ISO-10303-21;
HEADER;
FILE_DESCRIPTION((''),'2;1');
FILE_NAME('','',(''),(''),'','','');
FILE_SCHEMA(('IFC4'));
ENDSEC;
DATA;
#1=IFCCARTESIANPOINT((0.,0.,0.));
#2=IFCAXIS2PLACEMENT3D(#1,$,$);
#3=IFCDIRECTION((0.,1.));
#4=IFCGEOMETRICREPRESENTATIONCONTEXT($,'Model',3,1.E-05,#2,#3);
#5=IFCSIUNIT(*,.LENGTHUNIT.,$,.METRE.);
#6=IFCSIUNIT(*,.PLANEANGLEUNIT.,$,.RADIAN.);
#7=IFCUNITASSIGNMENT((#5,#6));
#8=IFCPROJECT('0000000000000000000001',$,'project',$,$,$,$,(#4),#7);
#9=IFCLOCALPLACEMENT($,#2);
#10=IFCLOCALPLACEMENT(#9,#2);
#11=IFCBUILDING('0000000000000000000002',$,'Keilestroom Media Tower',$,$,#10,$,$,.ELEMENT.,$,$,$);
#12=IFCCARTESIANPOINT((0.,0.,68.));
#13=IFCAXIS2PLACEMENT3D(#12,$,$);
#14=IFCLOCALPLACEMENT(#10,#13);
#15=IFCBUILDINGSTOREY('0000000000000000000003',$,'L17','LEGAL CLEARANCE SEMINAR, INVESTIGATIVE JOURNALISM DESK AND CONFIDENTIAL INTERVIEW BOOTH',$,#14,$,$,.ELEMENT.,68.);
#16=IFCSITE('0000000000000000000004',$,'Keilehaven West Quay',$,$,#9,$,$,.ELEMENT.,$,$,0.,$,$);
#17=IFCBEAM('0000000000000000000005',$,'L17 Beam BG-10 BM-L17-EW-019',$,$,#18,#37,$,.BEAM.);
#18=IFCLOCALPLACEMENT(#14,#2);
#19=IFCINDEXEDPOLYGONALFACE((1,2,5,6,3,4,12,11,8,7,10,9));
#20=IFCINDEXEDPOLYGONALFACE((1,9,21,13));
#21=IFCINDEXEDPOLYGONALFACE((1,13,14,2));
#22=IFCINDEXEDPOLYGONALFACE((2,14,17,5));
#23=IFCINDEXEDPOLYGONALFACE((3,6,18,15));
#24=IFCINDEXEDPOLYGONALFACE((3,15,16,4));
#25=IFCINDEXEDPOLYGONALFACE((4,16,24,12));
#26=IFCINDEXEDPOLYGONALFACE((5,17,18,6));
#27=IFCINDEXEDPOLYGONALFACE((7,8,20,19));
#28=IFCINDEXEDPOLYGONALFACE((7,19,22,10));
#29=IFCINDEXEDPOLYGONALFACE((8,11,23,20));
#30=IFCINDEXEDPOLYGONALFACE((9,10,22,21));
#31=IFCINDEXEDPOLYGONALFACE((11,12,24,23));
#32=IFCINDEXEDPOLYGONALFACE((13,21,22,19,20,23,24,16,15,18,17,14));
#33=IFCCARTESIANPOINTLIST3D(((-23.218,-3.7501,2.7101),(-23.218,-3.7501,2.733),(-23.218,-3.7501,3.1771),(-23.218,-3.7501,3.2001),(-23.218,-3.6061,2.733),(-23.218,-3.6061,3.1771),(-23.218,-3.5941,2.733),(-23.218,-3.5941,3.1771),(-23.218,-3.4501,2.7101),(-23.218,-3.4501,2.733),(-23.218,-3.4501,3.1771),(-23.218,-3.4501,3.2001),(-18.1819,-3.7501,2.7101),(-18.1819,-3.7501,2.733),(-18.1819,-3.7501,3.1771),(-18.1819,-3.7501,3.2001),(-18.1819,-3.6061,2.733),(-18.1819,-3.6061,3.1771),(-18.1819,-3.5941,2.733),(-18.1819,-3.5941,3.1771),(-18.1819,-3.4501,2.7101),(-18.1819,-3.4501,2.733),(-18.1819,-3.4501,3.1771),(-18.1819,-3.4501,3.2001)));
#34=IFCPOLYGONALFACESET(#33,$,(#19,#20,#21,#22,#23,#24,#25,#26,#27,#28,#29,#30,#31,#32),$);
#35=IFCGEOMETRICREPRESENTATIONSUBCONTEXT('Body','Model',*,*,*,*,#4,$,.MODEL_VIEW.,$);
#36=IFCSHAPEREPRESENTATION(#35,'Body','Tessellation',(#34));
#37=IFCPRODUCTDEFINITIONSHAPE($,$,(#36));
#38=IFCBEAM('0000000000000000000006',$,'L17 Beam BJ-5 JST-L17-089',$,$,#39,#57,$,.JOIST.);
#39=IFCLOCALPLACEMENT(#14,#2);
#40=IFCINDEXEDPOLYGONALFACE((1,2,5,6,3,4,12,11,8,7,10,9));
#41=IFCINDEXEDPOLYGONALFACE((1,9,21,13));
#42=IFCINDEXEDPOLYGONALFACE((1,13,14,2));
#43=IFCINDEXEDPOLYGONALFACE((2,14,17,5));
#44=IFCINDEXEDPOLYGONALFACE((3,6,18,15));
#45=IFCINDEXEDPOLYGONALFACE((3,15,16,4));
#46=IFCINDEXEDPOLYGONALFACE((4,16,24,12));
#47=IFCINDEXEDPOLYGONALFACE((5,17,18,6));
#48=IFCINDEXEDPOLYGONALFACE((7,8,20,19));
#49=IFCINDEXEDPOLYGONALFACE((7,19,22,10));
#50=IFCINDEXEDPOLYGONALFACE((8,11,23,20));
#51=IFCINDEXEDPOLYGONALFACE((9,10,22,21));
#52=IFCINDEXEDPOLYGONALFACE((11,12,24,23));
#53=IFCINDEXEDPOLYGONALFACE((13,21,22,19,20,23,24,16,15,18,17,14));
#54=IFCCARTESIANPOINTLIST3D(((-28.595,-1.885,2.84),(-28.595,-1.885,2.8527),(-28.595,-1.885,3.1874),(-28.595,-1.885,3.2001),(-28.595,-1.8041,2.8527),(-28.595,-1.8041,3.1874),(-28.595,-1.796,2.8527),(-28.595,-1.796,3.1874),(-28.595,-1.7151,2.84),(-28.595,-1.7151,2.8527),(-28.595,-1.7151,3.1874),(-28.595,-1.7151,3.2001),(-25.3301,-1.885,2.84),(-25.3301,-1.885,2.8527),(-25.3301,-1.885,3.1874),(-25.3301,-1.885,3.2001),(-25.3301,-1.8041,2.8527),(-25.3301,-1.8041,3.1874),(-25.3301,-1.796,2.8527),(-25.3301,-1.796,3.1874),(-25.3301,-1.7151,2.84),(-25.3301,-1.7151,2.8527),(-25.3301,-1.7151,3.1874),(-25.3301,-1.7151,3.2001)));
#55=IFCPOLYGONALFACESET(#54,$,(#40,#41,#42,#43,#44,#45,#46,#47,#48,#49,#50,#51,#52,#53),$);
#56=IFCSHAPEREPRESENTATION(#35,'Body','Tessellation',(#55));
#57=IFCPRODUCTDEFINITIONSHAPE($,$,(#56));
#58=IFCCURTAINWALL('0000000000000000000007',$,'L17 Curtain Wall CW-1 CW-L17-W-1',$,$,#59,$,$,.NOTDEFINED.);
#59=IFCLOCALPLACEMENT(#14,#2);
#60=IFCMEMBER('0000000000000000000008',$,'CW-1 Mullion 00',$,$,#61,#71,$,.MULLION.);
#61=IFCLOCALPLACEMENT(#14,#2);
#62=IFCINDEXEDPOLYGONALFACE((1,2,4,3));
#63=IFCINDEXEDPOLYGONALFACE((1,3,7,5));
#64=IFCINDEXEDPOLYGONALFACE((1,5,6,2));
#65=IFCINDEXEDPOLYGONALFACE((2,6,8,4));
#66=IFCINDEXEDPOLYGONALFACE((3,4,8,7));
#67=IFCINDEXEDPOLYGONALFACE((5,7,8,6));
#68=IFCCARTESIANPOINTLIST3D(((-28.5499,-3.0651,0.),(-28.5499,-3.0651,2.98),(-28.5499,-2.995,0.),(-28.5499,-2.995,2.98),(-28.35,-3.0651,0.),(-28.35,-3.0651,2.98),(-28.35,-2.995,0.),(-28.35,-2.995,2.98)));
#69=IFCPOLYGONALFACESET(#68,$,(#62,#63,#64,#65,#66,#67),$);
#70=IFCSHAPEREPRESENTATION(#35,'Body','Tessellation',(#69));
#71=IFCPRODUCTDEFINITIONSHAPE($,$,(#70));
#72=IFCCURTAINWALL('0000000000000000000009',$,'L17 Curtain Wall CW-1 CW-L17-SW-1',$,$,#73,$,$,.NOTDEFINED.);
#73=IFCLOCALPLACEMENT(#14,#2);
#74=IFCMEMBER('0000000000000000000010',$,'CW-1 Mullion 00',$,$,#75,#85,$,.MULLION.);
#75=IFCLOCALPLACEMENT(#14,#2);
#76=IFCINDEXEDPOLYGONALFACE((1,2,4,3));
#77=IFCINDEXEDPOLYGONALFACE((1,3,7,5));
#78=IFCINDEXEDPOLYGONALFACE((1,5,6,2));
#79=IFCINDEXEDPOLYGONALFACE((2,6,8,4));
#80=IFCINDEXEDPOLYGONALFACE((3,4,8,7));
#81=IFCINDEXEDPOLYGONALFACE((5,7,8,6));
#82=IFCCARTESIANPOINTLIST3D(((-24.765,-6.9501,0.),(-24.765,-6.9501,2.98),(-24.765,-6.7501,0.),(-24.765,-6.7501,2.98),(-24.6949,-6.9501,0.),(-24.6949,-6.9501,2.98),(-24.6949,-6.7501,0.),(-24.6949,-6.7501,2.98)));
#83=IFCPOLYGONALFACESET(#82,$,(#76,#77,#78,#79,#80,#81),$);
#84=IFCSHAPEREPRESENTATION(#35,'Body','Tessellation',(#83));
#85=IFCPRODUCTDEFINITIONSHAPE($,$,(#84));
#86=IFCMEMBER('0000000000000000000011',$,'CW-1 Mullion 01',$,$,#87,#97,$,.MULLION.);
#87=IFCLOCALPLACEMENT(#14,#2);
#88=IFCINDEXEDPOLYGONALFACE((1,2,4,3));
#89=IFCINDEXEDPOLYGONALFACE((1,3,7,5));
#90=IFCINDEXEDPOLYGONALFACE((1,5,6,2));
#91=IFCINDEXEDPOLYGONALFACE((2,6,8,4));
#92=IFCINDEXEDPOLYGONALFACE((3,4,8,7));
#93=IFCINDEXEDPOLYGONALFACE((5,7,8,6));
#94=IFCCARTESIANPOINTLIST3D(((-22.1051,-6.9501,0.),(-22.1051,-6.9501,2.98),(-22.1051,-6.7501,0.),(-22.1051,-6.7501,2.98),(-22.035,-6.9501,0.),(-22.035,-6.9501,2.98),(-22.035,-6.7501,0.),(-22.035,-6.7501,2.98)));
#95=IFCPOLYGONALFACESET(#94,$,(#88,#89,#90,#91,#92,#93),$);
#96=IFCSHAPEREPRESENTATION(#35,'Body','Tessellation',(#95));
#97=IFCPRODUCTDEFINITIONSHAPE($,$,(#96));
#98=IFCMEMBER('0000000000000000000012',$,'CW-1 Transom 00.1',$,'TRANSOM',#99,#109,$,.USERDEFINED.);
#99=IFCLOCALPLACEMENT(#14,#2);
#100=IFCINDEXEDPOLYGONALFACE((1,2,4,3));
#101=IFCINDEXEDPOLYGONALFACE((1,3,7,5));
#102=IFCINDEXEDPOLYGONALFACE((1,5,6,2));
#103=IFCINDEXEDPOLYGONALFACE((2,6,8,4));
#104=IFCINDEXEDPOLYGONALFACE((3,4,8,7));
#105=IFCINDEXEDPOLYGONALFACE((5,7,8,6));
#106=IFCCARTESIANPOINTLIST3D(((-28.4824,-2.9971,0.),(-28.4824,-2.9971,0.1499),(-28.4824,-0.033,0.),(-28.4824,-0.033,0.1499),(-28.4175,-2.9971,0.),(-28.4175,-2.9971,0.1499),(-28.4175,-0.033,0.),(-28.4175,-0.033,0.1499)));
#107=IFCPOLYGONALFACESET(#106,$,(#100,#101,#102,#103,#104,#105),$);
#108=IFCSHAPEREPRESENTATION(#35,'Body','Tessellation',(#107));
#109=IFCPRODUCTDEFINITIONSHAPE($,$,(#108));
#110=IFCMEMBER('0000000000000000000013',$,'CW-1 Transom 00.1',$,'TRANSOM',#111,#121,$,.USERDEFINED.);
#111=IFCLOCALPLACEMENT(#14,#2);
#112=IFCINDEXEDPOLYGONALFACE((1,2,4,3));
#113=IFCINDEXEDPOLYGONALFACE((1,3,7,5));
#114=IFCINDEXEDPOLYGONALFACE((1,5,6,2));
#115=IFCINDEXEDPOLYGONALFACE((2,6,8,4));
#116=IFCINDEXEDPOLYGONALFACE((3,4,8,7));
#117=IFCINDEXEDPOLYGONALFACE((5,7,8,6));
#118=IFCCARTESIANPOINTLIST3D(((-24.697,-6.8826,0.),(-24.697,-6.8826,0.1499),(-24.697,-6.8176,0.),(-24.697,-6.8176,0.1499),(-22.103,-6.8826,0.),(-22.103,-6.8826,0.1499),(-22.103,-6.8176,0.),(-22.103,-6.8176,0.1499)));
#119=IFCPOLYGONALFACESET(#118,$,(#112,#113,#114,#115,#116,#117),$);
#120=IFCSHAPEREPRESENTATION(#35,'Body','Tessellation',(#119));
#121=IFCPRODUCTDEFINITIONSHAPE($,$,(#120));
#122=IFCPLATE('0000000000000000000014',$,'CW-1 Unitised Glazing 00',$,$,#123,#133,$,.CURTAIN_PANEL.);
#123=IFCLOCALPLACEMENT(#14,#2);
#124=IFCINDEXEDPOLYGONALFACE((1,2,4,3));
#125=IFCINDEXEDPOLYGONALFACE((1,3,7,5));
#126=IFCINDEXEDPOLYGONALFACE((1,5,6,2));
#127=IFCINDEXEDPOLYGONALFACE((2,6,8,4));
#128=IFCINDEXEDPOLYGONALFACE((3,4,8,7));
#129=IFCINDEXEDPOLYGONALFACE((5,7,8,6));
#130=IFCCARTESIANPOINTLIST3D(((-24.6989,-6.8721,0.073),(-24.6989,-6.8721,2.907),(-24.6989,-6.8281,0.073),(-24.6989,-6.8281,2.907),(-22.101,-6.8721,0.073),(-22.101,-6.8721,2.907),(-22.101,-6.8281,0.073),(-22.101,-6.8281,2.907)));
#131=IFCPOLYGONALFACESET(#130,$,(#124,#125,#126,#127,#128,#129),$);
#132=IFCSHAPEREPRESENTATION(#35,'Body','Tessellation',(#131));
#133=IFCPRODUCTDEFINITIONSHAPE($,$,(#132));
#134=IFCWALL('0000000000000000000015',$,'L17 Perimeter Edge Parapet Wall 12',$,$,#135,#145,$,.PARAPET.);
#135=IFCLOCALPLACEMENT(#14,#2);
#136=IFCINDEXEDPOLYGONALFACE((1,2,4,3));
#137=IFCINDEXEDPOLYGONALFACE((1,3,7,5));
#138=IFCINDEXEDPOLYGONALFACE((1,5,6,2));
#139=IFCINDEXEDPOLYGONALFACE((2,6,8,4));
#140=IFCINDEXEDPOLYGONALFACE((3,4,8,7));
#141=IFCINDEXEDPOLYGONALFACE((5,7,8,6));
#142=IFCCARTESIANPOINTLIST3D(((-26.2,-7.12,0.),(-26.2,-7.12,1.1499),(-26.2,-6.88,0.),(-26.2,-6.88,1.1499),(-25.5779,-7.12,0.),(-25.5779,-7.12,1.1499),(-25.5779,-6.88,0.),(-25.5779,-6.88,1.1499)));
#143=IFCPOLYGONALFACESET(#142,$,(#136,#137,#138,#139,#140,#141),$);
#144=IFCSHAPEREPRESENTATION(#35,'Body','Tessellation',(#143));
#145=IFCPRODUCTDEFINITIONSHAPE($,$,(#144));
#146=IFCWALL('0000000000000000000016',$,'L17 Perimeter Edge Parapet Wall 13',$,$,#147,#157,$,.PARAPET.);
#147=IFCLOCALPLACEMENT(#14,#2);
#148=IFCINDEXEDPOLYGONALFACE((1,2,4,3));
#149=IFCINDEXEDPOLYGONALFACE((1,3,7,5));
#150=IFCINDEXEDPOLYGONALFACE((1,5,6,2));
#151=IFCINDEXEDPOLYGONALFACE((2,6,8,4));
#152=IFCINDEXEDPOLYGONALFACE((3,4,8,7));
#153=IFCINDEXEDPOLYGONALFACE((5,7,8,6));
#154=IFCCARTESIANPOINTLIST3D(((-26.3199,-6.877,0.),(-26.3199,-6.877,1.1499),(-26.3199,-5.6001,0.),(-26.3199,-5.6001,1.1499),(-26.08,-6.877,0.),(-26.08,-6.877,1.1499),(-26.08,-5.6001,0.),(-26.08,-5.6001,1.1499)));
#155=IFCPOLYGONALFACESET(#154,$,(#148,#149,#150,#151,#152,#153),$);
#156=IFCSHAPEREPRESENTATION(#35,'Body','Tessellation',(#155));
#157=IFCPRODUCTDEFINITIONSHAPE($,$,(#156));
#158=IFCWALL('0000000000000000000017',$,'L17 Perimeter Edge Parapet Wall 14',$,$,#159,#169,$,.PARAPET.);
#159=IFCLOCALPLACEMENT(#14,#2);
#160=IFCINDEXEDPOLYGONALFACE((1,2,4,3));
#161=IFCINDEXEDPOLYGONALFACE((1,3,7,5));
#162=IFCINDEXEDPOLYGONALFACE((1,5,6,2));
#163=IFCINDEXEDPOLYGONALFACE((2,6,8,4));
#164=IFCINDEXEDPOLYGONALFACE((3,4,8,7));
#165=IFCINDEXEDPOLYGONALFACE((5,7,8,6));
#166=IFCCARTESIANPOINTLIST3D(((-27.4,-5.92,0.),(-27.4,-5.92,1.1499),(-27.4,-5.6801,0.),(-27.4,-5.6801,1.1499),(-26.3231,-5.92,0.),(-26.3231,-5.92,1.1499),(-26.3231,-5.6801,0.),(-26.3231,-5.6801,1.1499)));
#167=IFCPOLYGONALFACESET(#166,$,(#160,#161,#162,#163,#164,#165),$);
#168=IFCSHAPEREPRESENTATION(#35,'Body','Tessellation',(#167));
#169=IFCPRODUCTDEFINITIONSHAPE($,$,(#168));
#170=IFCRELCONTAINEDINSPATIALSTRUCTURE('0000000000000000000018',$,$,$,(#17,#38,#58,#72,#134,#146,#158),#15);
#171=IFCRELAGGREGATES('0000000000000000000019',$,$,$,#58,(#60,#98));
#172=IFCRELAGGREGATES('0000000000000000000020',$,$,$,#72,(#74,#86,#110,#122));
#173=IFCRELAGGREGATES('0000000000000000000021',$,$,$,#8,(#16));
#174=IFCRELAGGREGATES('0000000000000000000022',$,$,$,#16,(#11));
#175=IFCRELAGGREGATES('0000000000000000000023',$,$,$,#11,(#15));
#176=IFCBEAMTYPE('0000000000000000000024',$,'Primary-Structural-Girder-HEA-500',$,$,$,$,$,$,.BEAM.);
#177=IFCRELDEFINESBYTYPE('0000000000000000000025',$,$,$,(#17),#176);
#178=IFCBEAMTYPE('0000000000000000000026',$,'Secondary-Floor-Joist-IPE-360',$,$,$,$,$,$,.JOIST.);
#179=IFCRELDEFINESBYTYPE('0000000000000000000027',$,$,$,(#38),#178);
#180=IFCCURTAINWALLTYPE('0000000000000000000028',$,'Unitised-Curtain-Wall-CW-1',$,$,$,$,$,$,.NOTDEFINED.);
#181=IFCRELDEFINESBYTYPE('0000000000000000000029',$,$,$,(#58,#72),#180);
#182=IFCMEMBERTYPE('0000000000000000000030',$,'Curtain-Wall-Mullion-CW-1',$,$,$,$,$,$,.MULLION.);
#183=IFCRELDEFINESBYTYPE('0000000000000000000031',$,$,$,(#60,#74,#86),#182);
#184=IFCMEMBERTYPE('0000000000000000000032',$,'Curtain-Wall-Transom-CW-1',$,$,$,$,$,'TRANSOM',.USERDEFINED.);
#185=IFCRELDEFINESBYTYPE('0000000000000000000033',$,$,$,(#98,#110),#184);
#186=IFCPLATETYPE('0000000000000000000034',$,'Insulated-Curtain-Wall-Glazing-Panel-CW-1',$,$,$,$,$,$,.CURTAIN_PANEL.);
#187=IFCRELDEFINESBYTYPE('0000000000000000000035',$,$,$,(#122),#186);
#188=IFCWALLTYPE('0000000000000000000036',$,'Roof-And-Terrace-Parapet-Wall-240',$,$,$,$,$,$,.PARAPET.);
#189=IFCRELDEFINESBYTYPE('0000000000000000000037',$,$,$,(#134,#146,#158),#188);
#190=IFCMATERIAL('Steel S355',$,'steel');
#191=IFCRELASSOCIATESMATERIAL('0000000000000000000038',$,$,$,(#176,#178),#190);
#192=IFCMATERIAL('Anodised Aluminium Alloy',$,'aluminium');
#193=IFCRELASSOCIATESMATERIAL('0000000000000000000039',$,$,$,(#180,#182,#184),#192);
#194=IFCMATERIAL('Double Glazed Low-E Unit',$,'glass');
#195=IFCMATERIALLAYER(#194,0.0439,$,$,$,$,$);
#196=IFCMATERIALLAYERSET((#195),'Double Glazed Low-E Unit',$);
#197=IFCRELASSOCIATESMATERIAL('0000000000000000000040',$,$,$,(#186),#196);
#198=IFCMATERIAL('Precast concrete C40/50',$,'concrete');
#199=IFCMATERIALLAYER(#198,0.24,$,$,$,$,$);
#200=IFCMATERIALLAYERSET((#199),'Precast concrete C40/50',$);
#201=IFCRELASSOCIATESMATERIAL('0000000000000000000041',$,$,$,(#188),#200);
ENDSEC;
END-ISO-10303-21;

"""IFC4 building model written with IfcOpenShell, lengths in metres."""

from ifc_helpers import new_model, si_unit, direction, frame, frame_2d, origin, origin_2d, place, context, subcontext, project, spatial, rectangle, i_section, extrude, source, transform, mapped, material, layer, layer_set, material_profile, profile_set, type_object, element, aggregate, save


model = new_model("IFC4")

# Units and contexts
model_context = context("Model", 3, precision=1e-05, world=origin(), true_north=direction((0.0, 1.0)))
body_context = subcontext(model_context, "Body", "Model", "MODEL_VIEW")
ifc_project = project(units=[si_unit("LENGTHUNIT", "METRE"), si_unit("PLANEANGLEUNIT", "RADIAN")], contexts=[model_context])

# Site, building, storey
site_placement = place(None, origin())
site = spatial("IfcSite", under=ifc_project, at=site_placement, Name="Keilehaven West Quay", CompositionType="ELEMENT", RefElevation=0.0)
building_placement = place(site_placement, origin())
building = spatial("IfcBuilding", under=site, at=building_placement, Name="Keilestroom Media Tower", CompositionType="ELEMENT")
storey_placement = place(building_placement, frame((0.0, 0.0, 68.0)))
storey = spatial("IfcBuildingStorey", under=building, at=storey_placement, Name="L17", Description="LEGAL CLEARANCE SEMINAR, INVESTIGATIVE JOURNALISM DESK AND CONFIDENTIAL INTERVIEW BOOTH", CompositionType="ELEMENT", Elevation=68.0)

# Shared definitions
ifc_material_1 = material(Name="Precast concrete C40/50", Category="concrete")

# Beams
ifc_material_2 = material(Name="Steel S355", Category="steel")
ifc_material_profile_1 = material_profile(ifc_material_2, i_section(OverallWidth=0.3, OverallDepth=0.49, WebThickness=0.012, FlangeThickness=0.0229, at=origin_2d()), Name="HEA 500")
ifc_profile_set_1 = profile_set([ifc_material_profile_1], Name="Steel S355")
beam_type_1 = type_object("IfcBeamType", Name="Primary-Structural-Girder-HEA-500", PredefinedType="BEAM", material=ifc_profile_set_1)
shared_shape_1 = source(origin(), body_context, "Body", "SweptSolid", [
    extrude(i_section(OverallWidth=0.3, OverallDepth=0.49, WebThickness=0.012, FlangeThickness=0.0229, at=origin_2d()), origin(), (0.0, 0.0, 1.0), 5.0361),
])
beam_1_placement = place(storey_placement, frame((-23.218, -3.6001, 2.9551), z_axis=(1.0, 0.0, 0.0), x_axis=(0.0, 1.0, 0.0)))
element("IfcBeam", 1, at=beam_1_placement, inside=storey, type_object=beam_type_1, Name="L17 Beam BG-10 BM-L17-EW-019", PredefinedType="BEAM", context=body_context, shape_type="MappedRepresentation", body=[
    mapped(shared_shape_1, transform((0.0, 0.0, 0.0), x_axis=(1.0, 0.0, 0.0), y_axis=(0.0, 1.0, 0.0), z_axis=(0.0, 0.0, 1.0), scale=1.0)),
])
ifc_material_profile_2 = material_profile(ifc_material_2, i_section(OverallWidth=0.1699, OverallDepth=0.3601, WebThickness=0.0081, FlangeThickness=0.0127, at=origin_2d()), Name="IPE 360")
ifc_profile_set_2 = profile_set([ifc_material_profile_2], Name="Steel S355")
beam_type_2 = type_object("IfcBeamType", Name="Secondary-Floor-Joist-IPE-360", PredefinedType="JOIST", material=ifc_profile_set_2)
shared_shape_2 = source(origin(), body_context, "Body", "SweptSolid", [
    extrude(i_section(OverallWidth=0.1699, OverallDepth=0.3601, WebThickness=0.0081, FlangeThickness=0.0127, at=origin_2d()), origin(), (0.0, 0.0, 1.0), 3.2649),
])
beam_2_placement = place(storey_placement, frame((-28.595, -1.8, 3.02), z_axis=(1.0, 0.0, 0.0), x_axis=(0.0, 1.0, 0.0)))
element("IfcBeam", 2, at=beam_2_placement, inside=storey, type_object=beam_type_2, Name="L17 Beam BJ-5 JST-L17-089", PredefinedType="JOIST", context=body_context, shape_type="MappedRepresentation", body=[
    mapped(shared_shape_2, transform((0.0, 0.0, 0.0), x_axis=(1.0, 0.0, 0.0), y_axis=(0.0, 1.0, 0.0), z_axis=(0.0, 0.0, 1.0), scale=1.0)),
])

# Curtain wall, member
ifc_material_3 = material(Name="Anodised Aluminium Alloy", Category="aluminium")
curtain_wall_type = type_object("IfcCurtainWallType", Name="Unitised-Curtain-Wall-CW-1", PredefinedType="NOTDEFINED", material=ifc_material_3)
curtain_wall_1_placement = place(storey_placement, origin())
curtain_wall_1 = element("IfcCurtainWall", 3, at=curtain_wall_1_placement, inside=storey, type_object=curtain_wall_type, Name="L17 Curtain Wall CW-1 CW-L17-W-1", PredefinedType="NOTDEFINED")
ifc_material_profile_3 = material_profile(ifc_material_3, rectangle(XDim=0.0701, YDim=0.2, at=origin_2d()), Name="ALU MULLION 70x200")
ifc_profile_set_3 = profile_set([ifc_material_profile_3], Name="Anodised Aluminium Alloy")
member_type_1 = type_object("IfcMemberType", Name="Curtain-Wall-Mullion-CW-1", PredefinedType="MULLION", material=ifc_profile_set_3)
shared_shape_3 = source(origin(), body_context, "Body", "SweptSolid", [
    extrude(rectangle(XDim=0.0701, YDim=0.2, at=origin_2d()), origin(), (0.0, 0.0, 1.0), 2.98),
])
member_1_placement = place(storey_placement, frame((-28.45, -3.03, 0.0), z_axis=(0.0, 0.0, 1.0), x_axis=(0.0, 1.0, 0.0)))
member_1 = element("IfcMember", 4, at=member_1_placement, type_object=member_type_1, Name="CW-1 Mullion 00", PredefinedType="MULLION", context=body_context, shape_type="MappedRepresentation", body=[
    mapped(shared_shape_3, transform((0.0, 0.0, 0.0), x_axis=(1.0, 0.0, 0.0), y_axis=(0.0, 1.0, 0.0), z_axis=(0.0, 0.0, 1.0), scale=1.0)),
])

# Curtain wall, members
curtain_wall_2_placement = place(storey_placement, origin())
curtain_wall_2 = element("IfcCurtainWall", 5, at=curtain_wall_2_placement, inside=storey, type_object=curtain_wall_type, Name="L17 Curtain Wall CW-1 CW-L17-SW-1", PredefinedType="NOTDEFINED")
member_2_placement = place(storey_placement, frame((-24.73, -6.8501, 0.0), z_axis=(0.0, 0.0, 1.0), x_axis=(1.0, 0.0, 0.0)))
member_2 = element("IfcMember", 6, at=member_2_placement, type_object=member_type_1, Name="CW-1 Mullion 00", PredefinedType="MULLION", context=body_context, shape_type="MappedRepresentation", body=[
    mapped(shared_shape_3, transform((0.0, 0.0, 0.0), x_axis=(1.0, 0.0, 0.0), y_axis=(0.0, 1.0, 0.0), z_axis=(0.0, 0.0, 1.0), scale=1.0)),
])
member_3_placement = place(storey_placement, frame((-22.0701, -6.8501, 0.0), z_axis=(0.0, 0.0, 1.0), x_axis=(1.0, 0.0, 0.0)))
member_3 = element("IfcMember", 7, at=member_3_placement, type_object=member_type_1, Name="CW-1 Mullion 01", PredefinedType="MULLION", context=body_context, shape_type="MappedRepresentation", body=[
    mapped(shared_shape_3, transform((0.0, 0.0, 0.0), x_axis=(1.0, 0.0, 0.0), y_axis=(0.0, 1.0, 0.0), z_axis=(0.0, 0.0, 1.0), scale=1.0)),
])

# Members
ifc_material_profile_4 = material_profile(ifc_material_3, rectangle(XDim=0.0649, YDim=0.1499, at=origin_2d()), Name="ALU TRANSOM 65x150")
ifc_profile_set_4 = profile_set([ifc_material_profile_4], Name="Anodised Aluminium Alloy")
member_type_2 = type_object("IfcMemberType", Name="Curtain-Wall-Transom-CW-1", ElementType="TRANSOM", PredefinedType="USERDEFINED", material=ifc_profile_set_4)
shared_shape_4 = source(origin(), body_context, "Body", "SweptSolid", [
    extrude(rectangle(XDim=0.0649, YDim=0.1499, at=origin_2d()), origin(), (0.0, 0.0, 1.0), 2.9641),
])
member_4_placement = place(storey_placement, frame((-28.45, -2.9971, 0.075), z_axis=(0.0, 1.0, 0.0), x_axis=(-1.0, 0.0, 0.0)))
member_4 = element("IfcMember", 8, at=member_4_placement, type_object=member_type_2, Name="CW-1 Transom 00.1", ObjectType="TRANSOM", PredefinedType="USERDEFINED", context=body_context, shape_type="MappedRepresentation", body=[
    mapped(shared_shape_4, transform((0.0, 0.0, 0.0), x_axis=(1.0, 0.0, 0.0), y_axis=(0.0, 1.0, 0.0), z_axis=(0.0, 0.0, 1.0), scale=1.0)),
])
aggregate(curtain_wall_1, [member_1, member_4])
shared_shape_5 = source(origin(), body_context, "Body", "SweptSolid", [
    extrude(rectangle(XDim=0.0649, YDim=0.1499, at=origin_2d()), origin(), (0.0, 0.0, 1.0), 2.594),
])
member_5_placement = place(storey_placement, frame((-24.697, -6.8501, 0.075), z_axis=(1.0, 0.0, 0.0), x_axis=(0.0, 1.0, 0.0)))
member_5 = element("IfcMember", 9, at=member_5_placement, type_object=member_type_2, Name="CW-1 Transom 00.1", ObjectType="TRANSOM", PredefinedType="USERDEFINED", context=body_context, shape_type="MappedRepresentation", body=[
    mapped(shared_shape_5, transform((0.0, 0.0, 0.0), x_axis=(1.0, 0.0, 0.0), y_axis=(0.0, 1.0, 0.0), z_axis=(0.0, 0.0, 1.0), scale=1.0)),
])

# Plate
ifc_material_4 = material(Name="Double Glazed Low-E Unit", Category="glass")
ifc_layer_1 = layer(ifc_material_4, 0.0439)
ifc_layer_set_1 = layer_set([ifc_layer_1], Name="Double Glazed Low-E Unit")
plate_type = type_object("IfcPlateType", Name="Insulated-Curtain-Wall-Glazing-Panel-CW-1", PredefinedType="CURTAIN_PANEL", material=ifc_layer_set_1)
shared_shape_6 = source(origin(), body_context, "Body", "SweptSolid", [
    extrude(rectangle(XDim=2.5979, YDim=0.0439, at=origin_2d()), origin(), (0.0, 0.0, 1.0), 2.834),
])
plate_placement = place(storey_placement, frame((-23.3999, -6.8501, 0.073), z_axis=(0.0, 0.0, 1.0), x_axis=(1.0, 0.0, 0.0)))
plate = element("IfcPlate", 10, at=plate_placement, type_object=plate_type, Name="CW-1 Unitised Glazing 00", PredefinedType="CURTAIN_PANEL", context=body_context, shape_type="MappedRepresentation", body=[
    mapped(shared_shape_6, transform((0.0, 0.0, 0.0), x_axis=(1.0, 0.0, 0.0), y_axis=(0.0, 1.0, 0.0), z_axis=(0.0, 0.0, 1.0), scale=1.0)),
])
aggregate(curtain_wall_2, [member_2, member_3, member_5, plate])

# Walls
ifc_layer_2 = layer(ifc_material_1, 0.24)
ifc_layer_set_2 = layer_set([ifc_layer_2], Name="Precast concrete C40/50")
wall_type = type_object("IfcWallType", Name="Roof-And-Terrace-Parapet-Wall-240", PredefinedType="PARAPET", material=ifc_layer_set_2)
wall_1_placement = place(storey_placement, frame((-25.5779, -7.0, 0.0), z_axis=(0.0, 0.0, 1.0), x_axis=(-1.0, 0.0, 0.0)))
element("IfcWall", 11, at=wall_1_placement, inside=storey, type_object=wall_type, Name="L17 Perimeter Edge Parapet Wall 12", PredefinedType="PARAPET", context=body_context, shape_type="SweptSolid", body=[
    extrude(rectangle(XDim=0.6221, YDim=0.24, at=frame_2d((0.311, 0.0))), origin(), (0.0, 0.0, 1.0), 1.1499),
])
wall_2_placement = place(storey_placement, frame((-26.2, -6.877, 0.0), z_axis=(0.0, 0.0, 1.0), x_axis=(0.0, 1.0, 0.0)))
element("IfcWall", 12, at=wall_2_placement, inside=storey, type_object=wall_type, Name="L17 Perimeter Edge Parapet Wall 13", PredefinedType="PARAPET", context=body_context, shape_type="SweptSolid", body=[
    extrude(rectangle(XDim=1.2769, YDim=0.24, at=frame_2d((0.6384, 0.0))), origin(), (0.0, 0.0, 1.0), 1.1499),
])
wall_3_placement = place(storey_placement, frame((-26.323, -5.8, 0.0), z_axis=(0.0, 0.0, 1.0), x_axis=(-1.0, 0.0, 0.0)))
element("IfcWall", 13, at=wall_3_placement, inside=storey, type_object=wall_type, Name="L17 Perimeter Edge Parapet Wall 14", PredefinedType="PARAPET", context=body_context, shape_type="SweptSolid", body=[
    extrude(rectangle(XDim=1.0769, YDim=0.24, at=frame_2d((0.5386, 0.0))), origin(), (0.0, 0.0, 1.0), 1.1499),
])

save(model, "model.ifc")
